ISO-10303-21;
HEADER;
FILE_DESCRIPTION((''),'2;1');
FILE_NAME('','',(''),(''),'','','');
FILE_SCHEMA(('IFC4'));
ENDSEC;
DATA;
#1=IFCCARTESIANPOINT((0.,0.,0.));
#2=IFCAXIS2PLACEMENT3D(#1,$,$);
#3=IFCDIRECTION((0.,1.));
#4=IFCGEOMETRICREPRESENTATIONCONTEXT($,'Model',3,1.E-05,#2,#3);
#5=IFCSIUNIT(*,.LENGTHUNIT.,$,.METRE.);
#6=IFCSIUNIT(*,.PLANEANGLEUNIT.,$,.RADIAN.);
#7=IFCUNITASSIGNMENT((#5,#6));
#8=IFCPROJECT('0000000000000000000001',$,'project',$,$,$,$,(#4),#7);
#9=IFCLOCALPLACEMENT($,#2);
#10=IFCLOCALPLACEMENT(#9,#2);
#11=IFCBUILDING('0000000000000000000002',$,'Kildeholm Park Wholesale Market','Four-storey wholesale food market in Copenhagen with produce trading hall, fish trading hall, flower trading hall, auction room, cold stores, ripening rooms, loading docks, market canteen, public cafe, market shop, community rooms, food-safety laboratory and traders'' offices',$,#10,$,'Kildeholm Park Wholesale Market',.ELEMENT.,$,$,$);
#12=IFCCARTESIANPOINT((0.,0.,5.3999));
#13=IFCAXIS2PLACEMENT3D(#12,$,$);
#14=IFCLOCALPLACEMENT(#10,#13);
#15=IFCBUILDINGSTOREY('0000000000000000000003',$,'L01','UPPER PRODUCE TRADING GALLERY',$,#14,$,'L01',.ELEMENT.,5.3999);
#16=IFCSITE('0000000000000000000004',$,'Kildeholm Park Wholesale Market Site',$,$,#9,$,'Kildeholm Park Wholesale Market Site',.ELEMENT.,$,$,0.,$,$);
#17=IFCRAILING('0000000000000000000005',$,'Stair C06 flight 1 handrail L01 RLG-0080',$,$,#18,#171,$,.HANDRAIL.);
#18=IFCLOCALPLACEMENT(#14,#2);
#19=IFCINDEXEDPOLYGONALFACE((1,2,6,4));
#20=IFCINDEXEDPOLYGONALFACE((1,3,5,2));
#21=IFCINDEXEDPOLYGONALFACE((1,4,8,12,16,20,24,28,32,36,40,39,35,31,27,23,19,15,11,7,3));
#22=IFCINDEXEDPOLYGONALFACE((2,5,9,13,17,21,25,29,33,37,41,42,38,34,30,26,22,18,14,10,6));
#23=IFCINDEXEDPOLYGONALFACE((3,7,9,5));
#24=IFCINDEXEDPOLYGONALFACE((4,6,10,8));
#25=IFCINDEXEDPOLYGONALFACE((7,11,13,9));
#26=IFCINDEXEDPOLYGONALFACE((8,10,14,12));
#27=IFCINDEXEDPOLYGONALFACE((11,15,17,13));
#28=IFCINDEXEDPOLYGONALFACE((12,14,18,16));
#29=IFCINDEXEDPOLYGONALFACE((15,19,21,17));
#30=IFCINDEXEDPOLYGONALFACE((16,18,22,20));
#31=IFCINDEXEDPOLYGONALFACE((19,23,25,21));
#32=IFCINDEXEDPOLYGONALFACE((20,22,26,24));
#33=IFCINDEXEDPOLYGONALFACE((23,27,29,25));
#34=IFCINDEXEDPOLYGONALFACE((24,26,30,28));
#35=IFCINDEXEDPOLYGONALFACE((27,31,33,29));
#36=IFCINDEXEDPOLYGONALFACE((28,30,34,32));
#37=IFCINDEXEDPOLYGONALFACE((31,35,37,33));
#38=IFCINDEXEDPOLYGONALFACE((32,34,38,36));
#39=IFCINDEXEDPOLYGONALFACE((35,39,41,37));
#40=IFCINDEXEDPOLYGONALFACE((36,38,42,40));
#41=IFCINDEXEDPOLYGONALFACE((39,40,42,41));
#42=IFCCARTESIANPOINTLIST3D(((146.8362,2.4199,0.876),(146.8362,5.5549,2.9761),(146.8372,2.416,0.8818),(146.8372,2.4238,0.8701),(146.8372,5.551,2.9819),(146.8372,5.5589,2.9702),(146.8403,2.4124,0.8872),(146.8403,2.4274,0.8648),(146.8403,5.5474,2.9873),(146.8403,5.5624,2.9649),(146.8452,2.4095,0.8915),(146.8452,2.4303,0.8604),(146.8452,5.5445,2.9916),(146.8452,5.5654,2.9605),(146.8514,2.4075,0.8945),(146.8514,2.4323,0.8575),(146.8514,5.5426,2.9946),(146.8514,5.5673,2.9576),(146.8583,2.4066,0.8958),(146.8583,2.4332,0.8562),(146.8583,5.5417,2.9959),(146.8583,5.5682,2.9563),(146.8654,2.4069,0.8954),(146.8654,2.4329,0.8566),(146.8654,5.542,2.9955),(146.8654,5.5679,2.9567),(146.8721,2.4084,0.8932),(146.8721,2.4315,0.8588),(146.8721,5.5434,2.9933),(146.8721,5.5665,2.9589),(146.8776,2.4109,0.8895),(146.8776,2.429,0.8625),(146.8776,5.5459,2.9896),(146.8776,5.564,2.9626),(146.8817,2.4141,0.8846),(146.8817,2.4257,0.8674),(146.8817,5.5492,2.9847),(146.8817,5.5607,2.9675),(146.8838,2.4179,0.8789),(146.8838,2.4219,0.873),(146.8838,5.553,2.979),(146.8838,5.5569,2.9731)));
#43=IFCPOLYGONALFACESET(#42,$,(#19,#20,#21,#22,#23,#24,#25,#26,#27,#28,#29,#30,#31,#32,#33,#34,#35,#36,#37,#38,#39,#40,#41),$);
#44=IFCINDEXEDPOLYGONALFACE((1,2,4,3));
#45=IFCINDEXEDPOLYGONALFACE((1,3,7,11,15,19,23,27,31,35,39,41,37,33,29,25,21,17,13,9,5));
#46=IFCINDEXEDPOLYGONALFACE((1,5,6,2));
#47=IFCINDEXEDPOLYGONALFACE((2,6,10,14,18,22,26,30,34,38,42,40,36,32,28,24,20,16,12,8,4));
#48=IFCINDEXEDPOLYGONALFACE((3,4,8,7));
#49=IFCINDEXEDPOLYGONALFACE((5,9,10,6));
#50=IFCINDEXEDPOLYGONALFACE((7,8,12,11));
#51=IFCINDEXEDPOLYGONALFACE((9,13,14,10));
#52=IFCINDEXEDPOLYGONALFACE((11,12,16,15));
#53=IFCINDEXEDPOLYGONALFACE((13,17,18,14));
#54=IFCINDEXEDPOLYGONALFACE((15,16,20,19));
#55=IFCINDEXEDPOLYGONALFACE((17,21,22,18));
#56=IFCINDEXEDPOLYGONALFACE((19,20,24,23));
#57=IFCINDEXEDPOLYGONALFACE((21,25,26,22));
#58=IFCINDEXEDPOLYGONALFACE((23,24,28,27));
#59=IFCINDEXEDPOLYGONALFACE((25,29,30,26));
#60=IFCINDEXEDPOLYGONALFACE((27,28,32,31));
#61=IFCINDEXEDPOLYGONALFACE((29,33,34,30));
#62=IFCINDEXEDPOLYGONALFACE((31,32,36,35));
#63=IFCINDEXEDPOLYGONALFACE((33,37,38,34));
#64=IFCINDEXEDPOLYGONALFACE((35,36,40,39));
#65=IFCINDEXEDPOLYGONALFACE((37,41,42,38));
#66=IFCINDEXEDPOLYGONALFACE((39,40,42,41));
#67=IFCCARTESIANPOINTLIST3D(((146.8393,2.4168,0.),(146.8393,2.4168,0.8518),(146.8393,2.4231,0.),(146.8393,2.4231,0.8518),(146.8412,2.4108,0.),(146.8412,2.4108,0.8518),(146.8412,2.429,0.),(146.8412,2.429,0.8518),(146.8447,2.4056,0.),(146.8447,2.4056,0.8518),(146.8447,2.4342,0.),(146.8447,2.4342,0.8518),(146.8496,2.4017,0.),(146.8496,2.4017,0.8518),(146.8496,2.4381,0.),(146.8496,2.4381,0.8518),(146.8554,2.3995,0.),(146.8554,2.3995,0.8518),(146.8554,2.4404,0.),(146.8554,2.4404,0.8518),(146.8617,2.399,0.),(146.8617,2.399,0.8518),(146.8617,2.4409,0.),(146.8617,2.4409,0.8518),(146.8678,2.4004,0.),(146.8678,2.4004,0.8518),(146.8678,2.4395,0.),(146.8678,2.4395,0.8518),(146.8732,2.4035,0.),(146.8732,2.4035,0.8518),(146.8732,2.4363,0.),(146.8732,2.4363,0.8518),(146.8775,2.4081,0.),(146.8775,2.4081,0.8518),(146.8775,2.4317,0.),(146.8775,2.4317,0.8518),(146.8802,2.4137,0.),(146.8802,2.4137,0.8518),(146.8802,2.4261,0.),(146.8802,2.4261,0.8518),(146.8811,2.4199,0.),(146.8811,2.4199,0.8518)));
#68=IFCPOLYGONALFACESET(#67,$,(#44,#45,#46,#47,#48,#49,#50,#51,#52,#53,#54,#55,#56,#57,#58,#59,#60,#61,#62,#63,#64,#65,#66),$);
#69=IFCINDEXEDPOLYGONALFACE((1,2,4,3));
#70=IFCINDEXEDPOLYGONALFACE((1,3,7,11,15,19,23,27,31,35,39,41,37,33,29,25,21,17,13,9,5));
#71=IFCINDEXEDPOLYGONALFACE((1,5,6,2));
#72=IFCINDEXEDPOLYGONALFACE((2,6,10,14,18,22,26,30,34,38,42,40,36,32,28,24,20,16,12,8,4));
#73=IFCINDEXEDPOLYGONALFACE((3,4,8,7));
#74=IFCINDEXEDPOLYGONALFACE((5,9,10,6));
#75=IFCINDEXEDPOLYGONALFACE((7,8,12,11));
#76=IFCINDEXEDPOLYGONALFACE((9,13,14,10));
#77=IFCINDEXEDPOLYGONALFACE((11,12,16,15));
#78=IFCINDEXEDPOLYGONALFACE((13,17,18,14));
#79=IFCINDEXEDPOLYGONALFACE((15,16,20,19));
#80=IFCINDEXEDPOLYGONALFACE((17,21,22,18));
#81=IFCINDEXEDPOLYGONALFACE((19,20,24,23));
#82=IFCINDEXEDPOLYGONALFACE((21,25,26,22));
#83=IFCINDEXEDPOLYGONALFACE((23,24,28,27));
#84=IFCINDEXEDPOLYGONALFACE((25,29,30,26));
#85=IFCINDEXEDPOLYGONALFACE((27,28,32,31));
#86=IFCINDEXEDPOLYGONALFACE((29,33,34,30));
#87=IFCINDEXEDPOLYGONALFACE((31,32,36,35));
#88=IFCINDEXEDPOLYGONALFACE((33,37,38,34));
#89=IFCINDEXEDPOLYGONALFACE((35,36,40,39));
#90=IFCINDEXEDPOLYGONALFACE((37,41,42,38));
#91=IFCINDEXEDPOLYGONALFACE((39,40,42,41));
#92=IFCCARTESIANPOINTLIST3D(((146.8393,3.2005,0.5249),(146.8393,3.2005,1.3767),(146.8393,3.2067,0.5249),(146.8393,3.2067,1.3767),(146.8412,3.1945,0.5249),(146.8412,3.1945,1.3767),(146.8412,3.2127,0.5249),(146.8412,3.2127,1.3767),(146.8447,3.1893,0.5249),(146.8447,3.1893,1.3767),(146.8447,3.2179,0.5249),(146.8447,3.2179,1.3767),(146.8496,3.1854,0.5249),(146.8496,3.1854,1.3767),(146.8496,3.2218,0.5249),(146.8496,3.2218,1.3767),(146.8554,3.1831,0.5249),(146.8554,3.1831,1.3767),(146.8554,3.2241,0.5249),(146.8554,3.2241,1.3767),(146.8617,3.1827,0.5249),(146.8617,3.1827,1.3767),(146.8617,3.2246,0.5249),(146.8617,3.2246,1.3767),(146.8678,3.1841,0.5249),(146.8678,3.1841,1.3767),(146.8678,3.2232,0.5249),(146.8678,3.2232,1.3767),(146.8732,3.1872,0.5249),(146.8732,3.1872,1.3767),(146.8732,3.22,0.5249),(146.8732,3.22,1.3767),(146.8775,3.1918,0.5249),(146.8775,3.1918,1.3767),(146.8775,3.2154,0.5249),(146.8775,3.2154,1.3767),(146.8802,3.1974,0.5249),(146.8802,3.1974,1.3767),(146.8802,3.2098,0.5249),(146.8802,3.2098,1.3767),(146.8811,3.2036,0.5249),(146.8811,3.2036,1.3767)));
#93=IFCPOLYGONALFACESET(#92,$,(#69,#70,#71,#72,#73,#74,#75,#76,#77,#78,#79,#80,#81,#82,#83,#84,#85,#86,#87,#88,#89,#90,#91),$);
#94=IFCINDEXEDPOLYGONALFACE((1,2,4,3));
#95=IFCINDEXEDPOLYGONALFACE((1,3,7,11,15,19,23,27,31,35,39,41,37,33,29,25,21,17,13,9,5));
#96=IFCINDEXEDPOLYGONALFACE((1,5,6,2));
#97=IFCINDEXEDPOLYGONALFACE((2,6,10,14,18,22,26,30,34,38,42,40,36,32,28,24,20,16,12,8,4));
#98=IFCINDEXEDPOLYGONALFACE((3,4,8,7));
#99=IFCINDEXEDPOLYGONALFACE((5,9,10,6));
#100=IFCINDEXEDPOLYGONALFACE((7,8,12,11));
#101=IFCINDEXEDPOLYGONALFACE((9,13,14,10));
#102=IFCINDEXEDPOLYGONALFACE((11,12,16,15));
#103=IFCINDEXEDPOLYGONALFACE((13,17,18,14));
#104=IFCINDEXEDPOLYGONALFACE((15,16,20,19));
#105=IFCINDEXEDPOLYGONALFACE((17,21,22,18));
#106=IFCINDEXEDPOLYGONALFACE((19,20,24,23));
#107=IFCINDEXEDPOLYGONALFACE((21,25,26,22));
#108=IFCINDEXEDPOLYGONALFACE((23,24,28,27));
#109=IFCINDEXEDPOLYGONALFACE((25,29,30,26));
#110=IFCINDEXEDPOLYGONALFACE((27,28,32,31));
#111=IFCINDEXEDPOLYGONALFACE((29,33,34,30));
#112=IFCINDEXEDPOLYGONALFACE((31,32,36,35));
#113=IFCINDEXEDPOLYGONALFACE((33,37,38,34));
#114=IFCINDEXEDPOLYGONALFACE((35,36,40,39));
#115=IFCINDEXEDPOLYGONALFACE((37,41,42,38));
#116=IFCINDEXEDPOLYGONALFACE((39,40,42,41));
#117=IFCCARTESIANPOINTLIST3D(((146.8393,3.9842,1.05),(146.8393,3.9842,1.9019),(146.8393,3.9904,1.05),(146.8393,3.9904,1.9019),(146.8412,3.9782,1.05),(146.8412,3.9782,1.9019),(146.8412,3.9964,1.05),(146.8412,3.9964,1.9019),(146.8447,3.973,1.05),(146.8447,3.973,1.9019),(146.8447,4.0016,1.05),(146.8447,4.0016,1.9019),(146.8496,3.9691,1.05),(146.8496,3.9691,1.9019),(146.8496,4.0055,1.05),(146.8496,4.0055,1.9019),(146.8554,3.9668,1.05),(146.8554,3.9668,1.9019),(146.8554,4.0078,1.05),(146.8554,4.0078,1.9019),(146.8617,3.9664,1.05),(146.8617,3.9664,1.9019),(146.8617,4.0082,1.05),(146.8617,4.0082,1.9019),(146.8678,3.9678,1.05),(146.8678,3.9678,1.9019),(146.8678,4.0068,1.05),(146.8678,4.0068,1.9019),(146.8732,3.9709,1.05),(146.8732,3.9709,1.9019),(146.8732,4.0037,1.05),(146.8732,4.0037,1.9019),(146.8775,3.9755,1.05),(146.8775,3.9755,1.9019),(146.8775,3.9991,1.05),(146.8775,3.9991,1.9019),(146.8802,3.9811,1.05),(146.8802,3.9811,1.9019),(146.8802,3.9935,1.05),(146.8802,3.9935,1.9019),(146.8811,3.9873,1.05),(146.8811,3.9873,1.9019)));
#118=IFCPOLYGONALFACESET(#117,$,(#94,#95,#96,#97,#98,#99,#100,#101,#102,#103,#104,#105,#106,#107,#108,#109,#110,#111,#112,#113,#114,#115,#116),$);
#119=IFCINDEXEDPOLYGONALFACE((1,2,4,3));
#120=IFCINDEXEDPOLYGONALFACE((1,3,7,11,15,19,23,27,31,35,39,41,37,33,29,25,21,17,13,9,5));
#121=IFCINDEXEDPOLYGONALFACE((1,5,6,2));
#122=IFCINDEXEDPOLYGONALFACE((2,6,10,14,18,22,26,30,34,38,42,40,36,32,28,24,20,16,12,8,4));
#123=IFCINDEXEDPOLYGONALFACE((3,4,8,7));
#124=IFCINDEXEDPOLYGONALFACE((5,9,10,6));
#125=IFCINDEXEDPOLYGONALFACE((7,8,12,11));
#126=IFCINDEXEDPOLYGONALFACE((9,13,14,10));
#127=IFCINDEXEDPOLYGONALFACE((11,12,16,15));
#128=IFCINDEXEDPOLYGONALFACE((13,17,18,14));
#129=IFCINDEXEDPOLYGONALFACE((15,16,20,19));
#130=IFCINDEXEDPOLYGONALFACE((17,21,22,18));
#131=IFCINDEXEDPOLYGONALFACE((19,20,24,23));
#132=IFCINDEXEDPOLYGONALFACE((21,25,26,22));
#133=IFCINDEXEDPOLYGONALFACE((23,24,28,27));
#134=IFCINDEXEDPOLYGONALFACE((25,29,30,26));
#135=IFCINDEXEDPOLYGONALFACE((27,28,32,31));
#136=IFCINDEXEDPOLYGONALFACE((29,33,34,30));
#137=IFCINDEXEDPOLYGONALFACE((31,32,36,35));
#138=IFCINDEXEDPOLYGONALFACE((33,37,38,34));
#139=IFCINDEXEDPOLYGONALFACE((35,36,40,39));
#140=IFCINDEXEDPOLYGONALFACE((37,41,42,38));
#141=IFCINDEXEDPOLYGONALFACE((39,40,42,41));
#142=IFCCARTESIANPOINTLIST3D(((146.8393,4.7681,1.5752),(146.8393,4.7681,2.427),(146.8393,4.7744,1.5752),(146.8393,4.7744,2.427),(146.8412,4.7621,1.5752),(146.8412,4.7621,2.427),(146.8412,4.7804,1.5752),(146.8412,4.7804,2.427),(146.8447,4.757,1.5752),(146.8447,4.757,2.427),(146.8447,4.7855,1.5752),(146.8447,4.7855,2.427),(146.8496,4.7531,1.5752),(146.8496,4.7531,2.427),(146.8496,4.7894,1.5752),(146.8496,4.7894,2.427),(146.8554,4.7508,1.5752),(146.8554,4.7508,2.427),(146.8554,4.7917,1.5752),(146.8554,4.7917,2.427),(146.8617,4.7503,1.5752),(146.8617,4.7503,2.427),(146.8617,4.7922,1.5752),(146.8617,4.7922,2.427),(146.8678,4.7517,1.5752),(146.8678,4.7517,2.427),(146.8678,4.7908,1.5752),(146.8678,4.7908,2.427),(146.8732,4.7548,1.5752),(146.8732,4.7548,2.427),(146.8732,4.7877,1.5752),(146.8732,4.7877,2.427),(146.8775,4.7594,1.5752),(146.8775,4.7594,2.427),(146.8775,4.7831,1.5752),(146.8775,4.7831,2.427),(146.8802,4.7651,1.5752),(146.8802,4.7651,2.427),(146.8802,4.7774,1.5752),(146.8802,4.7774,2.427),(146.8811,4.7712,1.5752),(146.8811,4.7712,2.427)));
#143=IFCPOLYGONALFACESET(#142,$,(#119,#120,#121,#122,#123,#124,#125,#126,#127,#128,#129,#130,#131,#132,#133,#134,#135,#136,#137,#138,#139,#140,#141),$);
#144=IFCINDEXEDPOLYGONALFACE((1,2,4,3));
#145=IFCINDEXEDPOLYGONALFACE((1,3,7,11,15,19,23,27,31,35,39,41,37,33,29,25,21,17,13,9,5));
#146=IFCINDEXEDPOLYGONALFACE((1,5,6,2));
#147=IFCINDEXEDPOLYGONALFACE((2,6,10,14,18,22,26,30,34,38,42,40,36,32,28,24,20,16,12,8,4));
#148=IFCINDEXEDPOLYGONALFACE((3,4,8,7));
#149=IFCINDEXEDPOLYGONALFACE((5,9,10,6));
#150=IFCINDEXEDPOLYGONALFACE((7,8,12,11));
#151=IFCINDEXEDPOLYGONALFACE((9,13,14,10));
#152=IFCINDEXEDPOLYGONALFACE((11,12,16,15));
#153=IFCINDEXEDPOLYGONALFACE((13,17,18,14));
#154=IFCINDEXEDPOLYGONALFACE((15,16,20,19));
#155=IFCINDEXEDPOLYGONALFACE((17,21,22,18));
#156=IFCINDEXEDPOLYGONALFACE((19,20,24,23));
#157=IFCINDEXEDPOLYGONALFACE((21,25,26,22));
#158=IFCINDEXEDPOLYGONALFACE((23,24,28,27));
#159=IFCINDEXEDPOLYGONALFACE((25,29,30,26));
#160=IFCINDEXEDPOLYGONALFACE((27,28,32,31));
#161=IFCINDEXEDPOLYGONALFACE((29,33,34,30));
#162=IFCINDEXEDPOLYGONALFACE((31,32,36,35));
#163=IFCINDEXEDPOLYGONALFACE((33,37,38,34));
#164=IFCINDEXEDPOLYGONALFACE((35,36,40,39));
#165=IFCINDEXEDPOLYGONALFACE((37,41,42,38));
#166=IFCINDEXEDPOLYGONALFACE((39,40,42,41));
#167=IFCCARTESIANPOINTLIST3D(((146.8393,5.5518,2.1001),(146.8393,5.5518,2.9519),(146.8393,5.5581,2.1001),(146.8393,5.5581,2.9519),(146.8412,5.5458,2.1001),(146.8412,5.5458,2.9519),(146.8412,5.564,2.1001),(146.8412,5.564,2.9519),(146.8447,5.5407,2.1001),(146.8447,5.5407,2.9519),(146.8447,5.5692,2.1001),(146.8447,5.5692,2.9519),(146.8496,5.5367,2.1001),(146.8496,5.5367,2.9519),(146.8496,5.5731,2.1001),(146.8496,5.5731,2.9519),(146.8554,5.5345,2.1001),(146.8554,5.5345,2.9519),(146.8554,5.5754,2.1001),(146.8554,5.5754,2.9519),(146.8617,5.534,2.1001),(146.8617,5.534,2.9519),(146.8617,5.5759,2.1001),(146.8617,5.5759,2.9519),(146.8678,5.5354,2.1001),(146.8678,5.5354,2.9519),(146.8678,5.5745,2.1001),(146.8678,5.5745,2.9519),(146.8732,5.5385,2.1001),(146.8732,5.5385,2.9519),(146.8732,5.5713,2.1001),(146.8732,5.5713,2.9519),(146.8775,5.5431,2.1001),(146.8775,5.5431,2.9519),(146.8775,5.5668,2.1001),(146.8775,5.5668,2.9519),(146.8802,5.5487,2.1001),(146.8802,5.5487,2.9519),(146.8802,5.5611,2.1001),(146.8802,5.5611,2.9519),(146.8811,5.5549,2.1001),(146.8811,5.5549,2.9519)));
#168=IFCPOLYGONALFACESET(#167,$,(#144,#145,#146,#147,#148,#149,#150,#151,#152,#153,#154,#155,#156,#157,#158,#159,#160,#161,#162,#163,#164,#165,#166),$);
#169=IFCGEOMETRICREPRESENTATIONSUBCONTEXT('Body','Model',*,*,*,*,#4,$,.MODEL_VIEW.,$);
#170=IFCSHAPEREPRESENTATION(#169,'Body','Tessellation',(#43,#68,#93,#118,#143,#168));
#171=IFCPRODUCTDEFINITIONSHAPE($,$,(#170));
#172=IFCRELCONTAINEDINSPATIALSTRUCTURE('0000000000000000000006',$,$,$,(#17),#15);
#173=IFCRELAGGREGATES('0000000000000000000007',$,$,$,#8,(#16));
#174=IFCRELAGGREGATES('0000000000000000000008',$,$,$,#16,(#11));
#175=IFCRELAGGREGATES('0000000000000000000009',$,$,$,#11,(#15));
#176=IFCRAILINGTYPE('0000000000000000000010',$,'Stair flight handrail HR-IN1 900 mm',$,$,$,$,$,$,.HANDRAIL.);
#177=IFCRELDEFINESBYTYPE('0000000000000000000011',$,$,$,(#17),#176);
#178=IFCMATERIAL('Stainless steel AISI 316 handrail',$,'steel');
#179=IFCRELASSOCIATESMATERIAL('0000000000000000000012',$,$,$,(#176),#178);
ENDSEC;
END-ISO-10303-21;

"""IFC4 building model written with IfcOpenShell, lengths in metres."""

from ifc_helpers import new_model, si_unit, direction, frame, origin, origin_2d, place, context, subcontext, project, spatial, circle, extrude, material, type_object, element, save


model = new_model("IFC4")

# Units and contexts
model_context = context("Model", 3, precision=1e-05, world=origin(), true_north=direction((0.0, 1.0)))
body_context = subcontext(model_context, "Body", "Model", "MODEL_VIEW")
ifc_project = project(units=[si_unit("LENGTHUNIT", "METRE"), si_unit("PLANEANGLEUNIT", "RADIAN")], contexts=[model_context])

# Site, building, storey
site_placement = place(None, origin())
site = spatial("IfcSite", under=ifc_project, at=site_placement, Name="Kildeholm Park Wholesale Market Site", LongName="Kildeholm Park Wholesale Market Site", CompositionType="ELEMENT", RefElevation=0.0)
building_placement = place(site_placement, origin())
building = spatial("IfcBuilding", under=site, at=building_placement, Name="Kildeholm Park Wholesale Market", Description="Four-storey wholesale food market in Copenhagen with produce trading hall, fish trading hall, flower trading hall, auction room, cold stores, ripening rooms, loading docks, market canteen, public cafe, market shop, community rooms, food-safety laboratory and traders' offices", LongName="Kildeholm Park Wholesale Market", CompositionType="ELEMENT")
storey_placement = place(building_placement, frame((0.0, 0.0, 5.3999)))
storey = spatial("IfcBuildingStorey", under=building, at=storey_placement, Name="L01", Description="UPPER PRODUCE TRADING GALLERY", LongName="L01", CompositionType="ELEMENT", Elevation=5.3999)

# Railing
ifc_material_1 = material(Name="Stainless steel AISI 316 handrail", Category="steel")
railing_type_1 = type_object("IfcRailingType", Name="Stair flight handrail HR-IN1 900 mm", PredefinedType="HANDRAIL", material=ifc_material_1)
railing_1_placement = place(storey_placement, frame((146.8601, 2.4199, 0.0)))
element("IfcRailing", 1, at=railing_1_placement, inside=storey, type_object=railing_type_1, Name="Stair C06 flight 1 handrail L01 RLG-0080", PredefinedType="HANDRAIL", context=body_context, shape_type="SweptSolid", body=[
    extrude(circle(Radius=0.0239, at=origin_2d()), frame((0.0, 0.0, 0.876), z_axis=(0.0, 0.830814, 0.55655), x_axis=(-1.0, 0.0, 0.0)), (0.0, 0.0, 1.0), 3.7734),
    extrude(circle(Radius=0.021, at=origin_2d()), origin(), (0.0, 0.0, 1.0), 0.8518),
    extrude(circle(Radius=0.021, at=origin_2d()), frame((0.0, 0.7837, 0.5249)), (0.0, 0.0, 1.0), 0.8518),
    extrude(circle(Radius=0.021, at=origin_2d()), frame((0.0, 1.5674, 1.05)), (0.0, 0.0, 1.0), 0.8518),
    extrude(circle(Radius=0.021, at=origin_2d()), frame((0.0, 2.3513, 1.5752)), (0.0, 0.0, 1.0), 0.8518),
    extrude(circle(Radius=0.021, at=origin_2d()), frame((0.0, 3.135, 2.1001)), (0.0, 0.0, 1.0), 0.8518),
])

save(model, "model.ifc")
